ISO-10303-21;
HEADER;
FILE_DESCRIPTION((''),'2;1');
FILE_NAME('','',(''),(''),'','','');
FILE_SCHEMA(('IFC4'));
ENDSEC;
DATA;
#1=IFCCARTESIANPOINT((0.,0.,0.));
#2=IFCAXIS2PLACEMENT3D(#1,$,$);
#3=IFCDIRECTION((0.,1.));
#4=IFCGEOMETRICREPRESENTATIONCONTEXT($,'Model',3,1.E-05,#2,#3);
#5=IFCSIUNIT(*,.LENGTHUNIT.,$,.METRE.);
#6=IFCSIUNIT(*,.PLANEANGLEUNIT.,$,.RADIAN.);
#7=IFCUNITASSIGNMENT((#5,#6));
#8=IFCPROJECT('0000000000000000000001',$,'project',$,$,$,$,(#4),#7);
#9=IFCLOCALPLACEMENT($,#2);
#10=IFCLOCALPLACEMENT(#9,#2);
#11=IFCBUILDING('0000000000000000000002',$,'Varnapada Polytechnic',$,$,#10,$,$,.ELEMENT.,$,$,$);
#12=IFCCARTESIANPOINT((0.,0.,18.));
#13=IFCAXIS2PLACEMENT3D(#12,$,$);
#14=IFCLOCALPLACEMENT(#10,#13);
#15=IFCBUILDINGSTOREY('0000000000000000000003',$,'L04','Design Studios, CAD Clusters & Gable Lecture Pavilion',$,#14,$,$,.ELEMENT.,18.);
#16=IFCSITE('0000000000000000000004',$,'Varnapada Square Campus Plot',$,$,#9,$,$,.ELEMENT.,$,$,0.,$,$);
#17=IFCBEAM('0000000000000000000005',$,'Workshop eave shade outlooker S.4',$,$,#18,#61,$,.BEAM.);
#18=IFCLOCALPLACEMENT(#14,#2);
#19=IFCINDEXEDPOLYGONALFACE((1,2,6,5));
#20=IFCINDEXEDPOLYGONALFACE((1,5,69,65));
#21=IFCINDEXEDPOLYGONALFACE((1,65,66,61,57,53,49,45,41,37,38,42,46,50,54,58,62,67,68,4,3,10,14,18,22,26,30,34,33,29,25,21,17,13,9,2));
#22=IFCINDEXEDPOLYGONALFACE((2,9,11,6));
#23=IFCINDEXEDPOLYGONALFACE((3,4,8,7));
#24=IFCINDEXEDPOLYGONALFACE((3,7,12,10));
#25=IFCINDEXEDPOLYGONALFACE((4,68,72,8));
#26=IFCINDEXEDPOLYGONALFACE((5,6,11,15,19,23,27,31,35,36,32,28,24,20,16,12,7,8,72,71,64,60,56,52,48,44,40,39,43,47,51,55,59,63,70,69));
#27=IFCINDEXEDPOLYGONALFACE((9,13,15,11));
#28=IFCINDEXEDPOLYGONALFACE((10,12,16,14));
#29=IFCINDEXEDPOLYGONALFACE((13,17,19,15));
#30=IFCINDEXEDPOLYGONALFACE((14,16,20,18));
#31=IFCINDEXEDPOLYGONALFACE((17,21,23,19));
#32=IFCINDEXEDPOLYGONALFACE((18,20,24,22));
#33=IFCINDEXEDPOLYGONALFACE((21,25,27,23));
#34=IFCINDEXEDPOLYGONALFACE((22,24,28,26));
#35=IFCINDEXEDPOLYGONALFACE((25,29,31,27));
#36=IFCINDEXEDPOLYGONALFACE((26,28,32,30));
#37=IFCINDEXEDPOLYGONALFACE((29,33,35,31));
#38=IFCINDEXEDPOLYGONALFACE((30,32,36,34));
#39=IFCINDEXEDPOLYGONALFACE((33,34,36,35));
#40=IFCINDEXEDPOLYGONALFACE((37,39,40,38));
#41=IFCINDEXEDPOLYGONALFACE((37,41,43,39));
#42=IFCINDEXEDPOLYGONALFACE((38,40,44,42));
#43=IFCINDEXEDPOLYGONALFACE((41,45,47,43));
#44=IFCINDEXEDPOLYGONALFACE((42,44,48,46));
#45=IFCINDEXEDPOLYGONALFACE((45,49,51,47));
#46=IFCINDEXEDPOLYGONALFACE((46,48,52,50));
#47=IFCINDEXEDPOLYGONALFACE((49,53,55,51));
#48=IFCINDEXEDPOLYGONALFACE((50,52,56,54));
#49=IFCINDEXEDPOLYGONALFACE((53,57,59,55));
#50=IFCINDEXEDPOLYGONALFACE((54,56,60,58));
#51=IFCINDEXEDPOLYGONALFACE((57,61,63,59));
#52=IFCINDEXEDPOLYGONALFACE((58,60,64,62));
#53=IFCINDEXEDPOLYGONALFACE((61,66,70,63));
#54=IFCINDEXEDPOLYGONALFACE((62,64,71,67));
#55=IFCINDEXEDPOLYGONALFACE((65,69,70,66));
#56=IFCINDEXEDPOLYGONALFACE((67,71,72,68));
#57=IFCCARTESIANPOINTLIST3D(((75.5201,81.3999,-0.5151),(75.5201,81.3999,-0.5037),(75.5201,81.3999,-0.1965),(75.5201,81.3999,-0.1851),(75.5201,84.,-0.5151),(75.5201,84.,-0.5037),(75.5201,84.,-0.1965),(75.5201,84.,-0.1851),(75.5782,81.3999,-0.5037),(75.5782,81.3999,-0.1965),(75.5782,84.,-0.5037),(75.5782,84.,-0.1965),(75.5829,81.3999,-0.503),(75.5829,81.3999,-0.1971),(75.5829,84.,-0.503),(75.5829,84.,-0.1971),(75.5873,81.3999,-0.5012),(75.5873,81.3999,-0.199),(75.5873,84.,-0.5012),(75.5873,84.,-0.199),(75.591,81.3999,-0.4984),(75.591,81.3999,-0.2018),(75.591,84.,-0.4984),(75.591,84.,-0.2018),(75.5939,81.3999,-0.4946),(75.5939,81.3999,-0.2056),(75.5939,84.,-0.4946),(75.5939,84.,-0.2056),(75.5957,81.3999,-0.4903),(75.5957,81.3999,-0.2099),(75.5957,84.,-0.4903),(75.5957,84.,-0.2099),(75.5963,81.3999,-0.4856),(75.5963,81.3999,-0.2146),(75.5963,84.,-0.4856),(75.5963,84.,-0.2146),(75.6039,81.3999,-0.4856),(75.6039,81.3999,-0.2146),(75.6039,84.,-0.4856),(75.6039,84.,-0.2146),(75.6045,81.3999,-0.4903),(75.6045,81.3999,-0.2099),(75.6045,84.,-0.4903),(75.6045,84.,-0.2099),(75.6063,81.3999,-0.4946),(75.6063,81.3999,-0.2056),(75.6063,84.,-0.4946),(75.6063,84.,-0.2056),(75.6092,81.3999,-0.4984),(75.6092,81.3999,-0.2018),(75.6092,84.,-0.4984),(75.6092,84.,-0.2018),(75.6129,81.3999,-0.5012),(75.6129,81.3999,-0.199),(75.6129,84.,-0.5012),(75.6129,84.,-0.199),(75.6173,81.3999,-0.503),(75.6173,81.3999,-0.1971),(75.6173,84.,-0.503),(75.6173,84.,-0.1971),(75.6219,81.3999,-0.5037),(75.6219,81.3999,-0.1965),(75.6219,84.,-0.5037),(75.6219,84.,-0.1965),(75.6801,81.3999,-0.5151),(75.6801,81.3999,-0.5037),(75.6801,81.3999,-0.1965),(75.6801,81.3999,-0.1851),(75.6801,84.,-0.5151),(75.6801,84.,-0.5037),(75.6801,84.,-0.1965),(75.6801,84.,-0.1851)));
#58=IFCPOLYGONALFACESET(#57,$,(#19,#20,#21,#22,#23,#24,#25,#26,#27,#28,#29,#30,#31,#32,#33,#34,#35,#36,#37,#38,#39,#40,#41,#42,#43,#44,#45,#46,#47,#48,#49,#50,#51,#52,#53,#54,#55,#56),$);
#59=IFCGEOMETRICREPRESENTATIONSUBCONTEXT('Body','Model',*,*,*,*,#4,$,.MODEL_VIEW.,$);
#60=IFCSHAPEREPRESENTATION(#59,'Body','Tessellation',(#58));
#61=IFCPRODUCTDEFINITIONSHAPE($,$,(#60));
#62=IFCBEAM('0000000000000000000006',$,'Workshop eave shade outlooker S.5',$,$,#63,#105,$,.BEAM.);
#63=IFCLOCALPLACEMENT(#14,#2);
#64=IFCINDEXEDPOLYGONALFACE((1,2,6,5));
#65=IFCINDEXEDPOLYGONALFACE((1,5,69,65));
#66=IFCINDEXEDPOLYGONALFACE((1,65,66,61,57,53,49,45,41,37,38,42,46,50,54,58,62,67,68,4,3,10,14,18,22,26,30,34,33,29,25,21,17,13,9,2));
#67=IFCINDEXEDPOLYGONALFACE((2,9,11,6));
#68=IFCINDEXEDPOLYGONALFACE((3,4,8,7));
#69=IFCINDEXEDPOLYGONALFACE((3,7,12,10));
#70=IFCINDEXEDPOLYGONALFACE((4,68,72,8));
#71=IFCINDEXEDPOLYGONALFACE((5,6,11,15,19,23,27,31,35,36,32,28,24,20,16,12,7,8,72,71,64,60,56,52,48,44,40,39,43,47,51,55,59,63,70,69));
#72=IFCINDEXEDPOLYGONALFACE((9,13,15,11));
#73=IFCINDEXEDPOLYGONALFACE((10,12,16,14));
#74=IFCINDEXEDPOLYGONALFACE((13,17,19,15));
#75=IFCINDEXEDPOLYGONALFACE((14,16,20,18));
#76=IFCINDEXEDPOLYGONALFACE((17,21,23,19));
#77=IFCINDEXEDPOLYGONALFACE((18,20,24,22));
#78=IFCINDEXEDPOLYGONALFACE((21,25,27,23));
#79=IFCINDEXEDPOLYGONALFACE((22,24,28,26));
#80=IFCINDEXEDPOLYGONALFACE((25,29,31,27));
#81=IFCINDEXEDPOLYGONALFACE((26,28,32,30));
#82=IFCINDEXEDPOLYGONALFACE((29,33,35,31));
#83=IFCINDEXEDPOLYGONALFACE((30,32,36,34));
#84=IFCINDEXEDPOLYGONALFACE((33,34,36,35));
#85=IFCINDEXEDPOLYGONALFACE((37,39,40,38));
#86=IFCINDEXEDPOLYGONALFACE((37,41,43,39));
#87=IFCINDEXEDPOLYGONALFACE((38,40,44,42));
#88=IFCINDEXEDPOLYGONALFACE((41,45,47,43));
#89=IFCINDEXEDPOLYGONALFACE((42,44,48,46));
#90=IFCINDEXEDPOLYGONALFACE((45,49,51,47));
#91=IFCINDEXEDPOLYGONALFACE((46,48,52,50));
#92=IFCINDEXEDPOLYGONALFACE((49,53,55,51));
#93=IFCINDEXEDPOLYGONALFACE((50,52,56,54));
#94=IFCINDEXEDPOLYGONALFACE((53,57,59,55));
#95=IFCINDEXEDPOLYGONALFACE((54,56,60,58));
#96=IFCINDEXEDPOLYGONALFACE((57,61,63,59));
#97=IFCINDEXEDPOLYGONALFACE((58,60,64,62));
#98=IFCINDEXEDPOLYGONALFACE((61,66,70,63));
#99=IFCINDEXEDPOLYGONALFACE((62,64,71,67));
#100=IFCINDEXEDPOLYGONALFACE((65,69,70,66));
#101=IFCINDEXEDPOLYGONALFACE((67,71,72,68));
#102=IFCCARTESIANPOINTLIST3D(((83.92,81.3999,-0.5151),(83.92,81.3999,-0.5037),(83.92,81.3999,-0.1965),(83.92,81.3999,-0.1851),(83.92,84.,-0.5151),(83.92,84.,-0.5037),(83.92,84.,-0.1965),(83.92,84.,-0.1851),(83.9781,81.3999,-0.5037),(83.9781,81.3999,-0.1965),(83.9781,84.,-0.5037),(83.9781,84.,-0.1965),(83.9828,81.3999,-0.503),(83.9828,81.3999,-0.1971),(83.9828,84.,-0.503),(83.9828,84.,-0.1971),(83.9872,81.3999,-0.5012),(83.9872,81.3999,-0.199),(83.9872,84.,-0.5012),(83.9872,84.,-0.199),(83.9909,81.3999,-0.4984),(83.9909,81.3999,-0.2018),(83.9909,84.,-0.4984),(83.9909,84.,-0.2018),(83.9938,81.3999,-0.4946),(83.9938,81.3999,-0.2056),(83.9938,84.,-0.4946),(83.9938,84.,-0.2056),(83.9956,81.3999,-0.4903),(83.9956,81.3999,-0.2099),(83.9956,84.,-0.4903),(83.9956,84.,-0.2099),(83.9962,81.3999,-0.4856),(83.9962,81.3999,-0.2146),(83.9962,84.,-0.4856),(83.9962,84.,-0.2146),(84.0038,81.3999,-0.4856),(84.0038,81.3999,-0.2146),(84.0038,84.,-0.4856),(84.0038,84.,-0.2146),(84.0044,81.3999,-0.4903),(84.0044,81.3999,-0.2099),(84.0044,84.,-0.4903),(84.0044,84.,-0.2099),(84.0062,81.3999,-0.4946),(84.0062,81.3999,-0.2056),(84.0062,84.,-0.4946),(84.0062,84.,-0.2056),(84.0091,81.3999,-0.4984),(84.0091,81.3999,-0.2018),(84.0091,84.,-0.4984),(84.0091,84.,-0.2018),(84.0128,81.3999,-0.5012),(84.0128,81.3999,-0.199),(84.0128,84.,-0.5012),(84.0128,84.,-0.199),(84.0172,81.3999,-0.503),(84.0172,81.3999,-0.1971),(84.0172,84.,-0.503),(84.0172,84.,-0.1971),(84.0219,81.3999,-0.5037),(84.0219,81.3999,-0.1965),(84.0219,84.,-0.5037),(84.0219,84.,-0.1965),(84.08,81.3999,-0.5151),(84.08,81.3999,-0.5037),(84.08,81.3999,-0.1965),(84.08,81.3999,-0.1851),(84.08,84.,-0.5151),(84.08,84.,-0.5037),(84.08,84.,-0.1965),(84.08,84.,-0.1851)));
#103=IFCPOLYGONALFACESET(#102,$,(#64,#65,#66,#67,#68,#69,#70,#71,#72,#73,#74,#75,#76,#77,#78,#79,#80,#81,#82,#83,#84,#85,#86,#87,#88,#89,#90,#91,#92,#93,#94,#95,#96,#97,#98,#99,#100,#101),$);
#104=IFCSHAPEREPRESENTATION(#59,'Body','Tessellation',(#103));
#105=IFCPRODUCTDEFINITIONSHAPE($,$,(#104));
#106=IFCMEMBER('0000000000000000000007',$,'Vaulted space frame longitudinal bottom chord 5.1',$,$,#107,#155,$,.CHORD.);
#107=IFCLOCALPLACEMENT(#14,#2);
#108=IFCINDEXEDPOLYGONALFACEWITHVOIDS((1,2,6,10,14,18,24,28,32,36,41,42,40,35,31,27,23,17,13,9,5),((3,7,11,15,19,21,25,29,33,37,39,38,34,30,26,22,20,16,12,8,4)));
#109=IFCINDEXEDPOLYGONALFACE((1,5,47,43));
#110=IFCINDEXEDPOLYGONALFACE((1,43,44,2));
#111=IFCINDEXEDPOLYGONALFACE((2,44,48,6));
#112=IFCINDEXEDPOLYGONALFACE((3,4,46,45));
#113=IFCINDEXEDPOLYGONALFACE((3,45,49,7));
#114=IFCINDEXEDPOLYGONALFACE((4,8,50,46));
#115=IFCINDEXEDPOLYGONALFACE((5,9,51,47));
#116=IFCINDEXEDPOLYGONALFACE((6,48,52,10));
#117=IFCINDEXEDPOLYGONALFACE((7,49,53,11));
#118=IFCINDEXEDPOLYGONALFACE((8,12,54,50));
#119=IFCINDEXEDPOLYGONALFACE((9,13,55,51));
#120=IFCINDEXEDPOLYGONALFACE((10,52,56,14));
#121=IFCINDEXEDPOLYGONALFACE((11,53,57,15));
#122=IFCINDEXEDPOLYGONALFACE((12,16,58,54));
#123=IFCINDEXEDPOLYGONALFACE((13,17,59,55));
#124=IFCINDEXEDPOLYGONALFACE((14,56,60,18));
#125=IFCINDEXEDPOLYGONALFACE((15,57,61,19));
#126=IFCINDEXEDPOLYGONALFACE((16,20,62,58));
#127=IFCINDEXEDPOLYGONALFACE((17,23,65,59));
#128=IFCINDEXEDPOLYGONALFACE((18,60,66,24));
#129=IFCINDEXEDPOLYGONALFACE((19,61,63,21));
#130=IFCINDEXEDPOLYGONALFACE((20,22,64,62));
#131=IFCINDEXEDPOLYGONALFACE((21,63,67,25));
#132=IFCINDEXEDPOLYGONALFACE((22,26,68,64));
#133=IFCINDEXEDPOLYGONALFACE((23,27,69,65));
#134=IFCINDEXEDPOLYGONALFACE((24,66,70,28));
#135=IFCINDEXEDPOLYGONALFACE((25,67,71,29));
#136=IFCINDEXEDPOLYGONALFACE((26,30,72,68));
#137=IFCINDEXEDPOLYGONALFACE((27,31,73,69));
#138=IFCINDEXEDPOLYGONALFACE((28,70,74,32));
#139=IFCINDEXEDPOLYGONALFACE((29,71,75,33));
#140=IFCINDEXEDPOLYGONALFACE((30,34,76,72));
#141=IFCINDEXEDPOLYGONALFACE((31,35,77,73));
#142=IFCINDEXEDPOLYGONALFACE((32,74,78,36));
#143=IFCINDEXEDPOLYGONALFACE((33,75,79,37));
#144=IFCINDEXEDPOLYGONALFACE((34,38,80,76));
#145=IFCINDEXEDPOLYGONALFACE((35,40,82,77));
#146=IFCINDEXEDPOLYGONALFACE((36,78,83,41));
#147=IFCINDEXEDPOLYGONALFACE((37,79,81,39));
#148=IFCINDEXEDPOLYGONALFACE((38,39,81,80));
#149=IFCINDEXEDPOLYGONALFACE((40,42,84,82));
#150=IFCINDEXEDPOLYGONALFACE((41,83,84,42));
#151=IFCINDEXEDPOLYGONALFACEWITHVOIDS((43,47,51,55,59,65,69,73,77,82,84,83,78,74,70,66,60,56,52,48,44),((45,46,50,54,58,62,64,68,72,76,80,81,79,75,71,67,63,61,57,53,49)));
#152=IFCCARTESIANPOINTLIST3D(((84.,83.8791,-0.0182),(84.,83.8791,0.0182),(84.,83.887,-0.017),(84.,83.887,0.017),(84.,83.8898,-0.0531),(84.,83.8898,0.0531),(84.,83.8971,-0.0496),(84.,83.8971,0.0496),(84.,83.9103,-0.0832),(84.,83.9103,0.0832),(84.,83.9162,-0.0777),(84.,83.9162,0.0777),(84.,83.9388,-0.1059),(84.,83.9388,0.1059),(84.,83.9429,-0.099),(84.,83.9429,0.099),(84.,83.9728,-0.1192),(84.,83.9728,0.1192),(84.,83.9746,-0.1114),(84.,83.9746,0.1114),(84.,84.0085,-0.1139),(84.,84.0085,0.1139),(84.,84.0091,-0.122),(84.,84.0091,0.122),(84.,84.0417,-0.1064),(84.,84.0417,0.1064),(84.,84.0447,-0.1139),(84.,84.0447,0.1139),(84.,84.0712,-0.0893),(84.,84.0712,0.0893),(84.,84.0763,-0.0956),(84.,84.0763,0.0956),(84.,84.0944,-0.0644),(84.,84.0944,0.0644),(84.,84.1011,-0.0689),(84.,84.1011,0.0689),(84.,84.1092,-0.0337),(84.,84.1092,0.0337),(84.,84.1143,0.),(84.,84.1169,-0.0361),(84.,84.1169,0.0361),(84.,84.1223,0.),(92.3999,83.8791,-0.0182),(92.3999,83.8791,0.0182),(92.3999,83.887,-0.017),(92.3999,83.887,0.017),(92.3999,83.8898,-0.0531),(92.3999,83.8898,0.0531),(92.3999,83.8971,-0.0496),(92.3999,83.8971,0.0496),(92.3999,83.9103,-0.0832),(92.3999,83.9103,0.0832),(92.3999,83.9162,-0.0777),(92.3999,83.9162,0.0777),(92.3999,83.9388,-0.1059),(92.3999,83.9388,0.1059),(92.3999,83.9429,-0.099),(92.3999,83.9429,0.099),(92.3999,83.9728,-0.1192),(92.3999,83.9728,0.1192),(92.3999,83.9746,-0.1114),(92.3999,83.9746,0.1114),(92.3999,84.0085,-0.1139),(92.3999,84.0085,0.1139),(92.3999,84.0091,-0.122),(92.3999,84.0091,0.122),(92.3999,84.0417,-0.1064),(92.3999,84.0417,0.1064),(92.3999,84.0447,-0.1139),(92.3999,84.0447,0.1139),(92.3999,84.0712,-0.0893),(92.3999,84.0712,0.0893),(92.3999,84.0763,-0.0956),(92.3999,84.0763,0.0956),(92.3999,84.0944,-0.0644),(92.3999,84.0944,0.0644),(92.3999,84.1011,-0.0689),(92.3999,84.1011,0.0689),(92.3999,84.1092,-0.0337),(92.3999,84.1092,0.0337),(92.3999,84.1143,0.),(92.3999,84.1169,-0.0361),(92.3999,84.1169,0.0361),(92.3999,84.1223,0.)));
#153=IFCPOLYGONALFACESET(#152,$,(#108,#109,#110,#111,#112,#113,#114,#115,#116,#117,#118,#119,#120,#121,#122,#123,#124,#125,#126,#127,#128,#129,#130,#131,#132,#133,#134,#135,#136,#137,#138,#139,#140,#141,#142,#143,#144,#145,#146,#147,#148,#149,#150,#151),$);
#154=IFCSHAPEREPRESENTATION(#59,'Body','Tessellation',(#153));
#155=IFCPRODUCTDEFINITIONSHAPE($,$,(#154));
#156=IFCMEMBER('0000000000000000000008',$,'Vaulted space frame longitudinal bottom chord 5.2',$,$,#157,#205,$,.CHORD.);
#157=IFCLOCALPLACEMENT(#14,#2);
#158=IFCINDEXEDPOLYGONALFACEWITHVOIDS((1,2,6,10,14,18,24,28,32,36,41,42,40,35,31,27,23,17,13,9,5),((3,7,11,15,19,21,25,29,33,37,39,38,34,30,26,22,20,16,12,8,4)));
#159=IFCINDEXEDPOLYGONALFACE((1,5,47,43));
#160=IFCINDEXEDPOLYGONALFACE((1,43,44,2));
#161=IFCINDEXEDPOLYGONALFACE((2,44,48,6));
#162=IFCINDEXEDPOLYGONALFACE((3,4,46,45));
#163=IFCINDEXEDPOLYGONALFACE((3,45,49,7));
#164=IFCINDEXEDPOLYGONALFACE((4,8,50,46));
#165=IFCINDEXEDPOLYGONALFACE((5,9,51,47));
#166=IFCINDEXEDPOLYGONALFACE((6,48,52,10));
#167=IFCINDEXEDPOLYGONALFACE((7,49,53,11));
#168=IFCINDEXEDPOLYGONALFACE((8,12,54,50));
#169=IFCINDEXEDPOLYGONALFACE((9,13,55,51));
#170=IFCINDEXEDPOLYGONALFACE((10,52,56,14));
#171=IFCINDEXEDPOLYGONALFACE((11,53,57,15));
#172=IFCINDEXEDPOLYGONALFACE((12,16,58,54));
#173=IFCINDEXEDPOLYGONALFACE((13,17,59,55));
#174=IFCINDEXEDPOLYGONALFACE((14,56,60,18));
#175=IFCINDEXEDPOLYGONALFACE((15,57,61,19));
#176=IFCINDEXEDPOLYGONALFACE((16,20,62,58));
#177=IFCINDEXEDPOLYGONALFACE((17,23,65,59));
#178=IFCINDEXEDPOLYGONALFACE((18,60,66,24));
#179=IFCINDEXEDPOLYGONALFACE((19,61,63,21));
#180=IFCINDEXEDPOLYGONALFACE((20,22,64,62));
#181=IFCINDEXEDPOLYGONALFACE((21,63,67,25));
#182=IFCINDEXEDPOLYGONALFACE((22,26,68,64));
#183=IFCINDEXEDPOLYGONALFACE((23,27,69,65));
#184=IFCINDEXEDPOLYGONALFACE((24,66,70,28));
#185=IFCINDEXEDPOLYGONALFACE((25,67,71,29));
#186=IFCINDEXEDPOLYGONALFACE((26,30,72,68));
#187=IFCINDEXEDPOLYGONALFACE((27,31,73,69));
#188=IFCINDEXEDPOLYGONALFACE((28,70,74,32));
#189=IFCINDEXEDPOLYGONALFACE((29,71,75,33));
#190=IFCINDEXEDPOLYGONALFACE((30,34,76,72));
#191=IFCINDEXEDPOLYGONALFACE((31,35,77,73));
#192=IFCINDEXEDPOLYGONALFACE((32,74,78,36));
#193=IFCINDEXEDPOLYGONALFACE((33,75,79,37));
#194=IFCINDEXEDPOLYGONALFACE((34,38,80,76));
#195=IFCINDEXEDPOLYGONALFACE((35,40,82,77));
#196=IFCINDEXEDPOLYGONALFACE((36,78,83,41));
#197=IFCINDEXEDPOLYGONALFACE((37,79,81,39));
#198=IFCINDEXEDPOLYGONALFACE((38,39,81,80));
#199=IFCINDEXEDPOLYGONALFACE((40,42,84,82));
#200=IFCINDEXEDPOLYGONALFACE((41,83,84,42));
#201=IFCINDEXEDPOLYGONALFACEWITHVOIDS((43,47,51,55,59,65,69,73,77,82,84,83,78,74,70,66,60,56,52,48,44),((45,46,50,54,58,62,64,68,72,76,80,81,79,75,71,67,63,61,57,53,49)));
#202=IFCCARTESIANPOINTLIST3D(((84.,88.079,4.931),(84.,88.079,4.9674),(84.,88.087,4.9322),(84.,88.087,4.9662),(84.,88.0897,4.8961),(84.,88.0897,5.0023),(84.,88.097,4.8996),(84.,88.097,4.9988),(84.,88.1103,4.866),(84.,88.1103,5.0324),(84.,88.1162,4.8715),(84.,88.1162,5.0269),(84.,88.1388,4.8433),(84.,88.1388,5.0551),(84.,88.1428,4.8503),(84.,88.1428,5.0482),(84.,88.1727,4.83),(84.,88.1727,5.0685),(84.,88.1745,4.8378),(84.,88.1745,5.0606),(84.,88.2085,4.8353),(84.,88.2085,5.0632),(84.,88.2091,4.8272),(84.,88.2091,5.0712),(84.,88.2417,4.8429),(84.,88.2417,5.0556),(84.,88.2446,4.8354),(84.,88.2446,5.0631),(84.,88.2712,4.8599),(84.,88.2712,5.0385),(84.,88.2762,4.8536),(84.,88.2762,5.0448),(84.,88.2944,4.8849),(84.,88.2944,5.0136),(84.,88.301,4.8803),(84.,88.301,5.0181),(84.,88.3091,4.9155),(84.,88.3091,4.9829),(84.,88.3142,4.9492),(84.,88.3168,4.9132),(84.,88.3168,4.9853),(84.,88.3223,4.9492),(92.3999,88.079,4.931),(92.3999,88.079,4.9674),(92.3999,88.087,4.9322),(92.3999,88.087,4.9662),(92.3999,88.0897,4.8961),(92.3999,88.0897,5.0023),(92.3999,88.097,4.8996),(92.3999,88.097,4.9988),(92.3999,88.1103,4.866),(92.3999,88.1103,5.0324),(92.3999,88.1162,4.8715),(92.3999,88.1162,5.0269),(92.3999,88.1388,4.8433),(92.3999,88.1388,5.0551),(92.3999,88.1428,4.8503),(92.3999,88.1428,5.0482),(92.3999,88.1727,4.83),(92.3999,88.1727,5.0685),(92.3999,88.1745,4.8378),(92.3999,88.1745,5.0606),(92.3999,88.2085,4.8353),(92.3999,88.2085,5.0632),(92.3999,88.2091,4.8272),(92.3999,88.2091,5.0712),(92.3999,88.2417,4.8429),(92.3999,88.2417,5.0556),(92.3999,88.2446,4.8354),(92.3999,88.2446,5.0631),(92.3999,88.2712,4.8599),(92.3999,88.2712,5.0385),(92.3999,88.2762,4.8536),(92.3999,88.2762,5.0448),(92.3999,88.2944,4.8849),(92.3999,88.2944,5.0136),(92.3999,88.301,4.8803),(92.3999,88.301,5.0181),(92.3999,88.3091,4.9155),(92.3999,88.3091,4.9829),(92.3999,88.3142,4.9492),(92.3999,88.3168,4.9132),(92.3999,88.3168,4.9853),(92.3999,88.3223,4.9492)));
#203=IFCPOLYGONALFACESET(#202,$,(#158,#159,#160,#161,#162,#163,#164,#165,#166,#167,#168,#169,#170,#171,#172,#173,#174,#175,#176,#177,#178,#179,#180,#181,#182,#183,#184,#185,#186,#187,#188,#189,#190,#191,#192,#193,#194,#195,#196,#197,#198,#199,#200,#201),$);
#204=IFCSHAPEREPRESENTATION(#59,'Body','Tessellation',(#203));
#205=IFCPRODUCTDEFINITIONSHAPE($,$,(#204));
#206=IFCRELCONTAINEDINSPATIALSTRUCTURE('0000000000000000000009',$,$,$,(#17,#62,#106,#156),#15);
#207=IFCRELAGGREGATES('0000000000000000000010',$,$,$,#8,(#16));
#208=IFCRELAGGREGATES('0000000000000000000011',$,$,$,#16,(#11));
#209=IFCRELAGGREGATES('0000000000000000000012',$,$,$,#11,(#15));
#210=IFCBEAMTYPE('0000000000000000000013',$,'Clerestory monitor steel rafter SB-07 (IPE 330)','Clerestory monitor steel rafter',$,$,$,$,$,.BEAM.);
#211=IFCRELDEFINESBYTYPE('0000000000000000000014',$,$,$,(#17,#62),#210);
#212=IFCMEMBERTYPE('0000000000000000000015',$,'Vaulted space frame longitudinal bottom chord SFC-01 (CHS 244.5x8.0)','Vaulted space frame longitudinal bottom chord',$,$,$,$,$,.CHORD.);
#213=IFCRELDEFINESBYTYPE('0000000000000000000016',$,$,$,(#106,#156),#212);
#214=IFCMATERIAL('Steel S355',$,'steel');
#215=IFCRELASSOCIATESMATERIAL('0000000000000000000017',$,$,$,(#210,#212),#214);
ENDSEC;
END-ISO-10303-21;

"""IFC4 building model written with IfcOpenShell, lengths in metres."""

from ifc_helpers import new_model, si_unit, direction, frame, origin, origin_2d, place, context, subcontext, project, spatial, hollow_circle, i_section, extrude, material, material_profile, profile_set, type_object, element, save


model = new_model("IFC4")

# Units and contexts
model_context = context("Model", 3, precision=1e-05, world=origin(), true_north=direction((0.0, 1.0)))
body_context = subcontext(model_context, "Body", "Model", "MODEL_VIEW")
ifc_project = project(units=[si_unit("LENGTHUNIT", "METRE"), si_unit("PLANEANGLEUNIT", "RADIAN")], contexts=[model_context])

# Site, building, storey
site_placement = place(None, origin())
site = spatial("IfcSite", under=ifc_project, at=site_placement, Name="Varnapada Square Campus Plot", CompositionType="ELEMENT", RefElevation=0.0)
building_placement = place(site_placement, origin())
building = spatial("IfcBuilding", under=site, at=building_placement, Name="Varnapada Polytechnic", CompositionType="ELEMENT")
storey_placement = place(building_placement, frame((0.0, 0.0, 18.0)))
storey = spatial("IfcBuildingStorey", under=building, at=storey_placement, Name="L04", Description="Design Studios, CAD Clusters & Gable Lecture Pavilion", CompositionType="ELEMENT", Elevation=18.0)

# Beams
ifc_material = material(Name="Steel S355", Category="steel")
ifc_material_profile_1 = material_profile(ifc_material, i_section(OverallWidth=0.1599, OverallDepth=0.3301, WebThickness=0.0076, FlangeThickness=0.0115, FilletRadius=0.0181, at=origin_2d()), Name="IPE 330")
ifc_profile_set_1 = profile_set([ifc_material_profile_1], Name="Steel S355")
beam_type_1 = type_object("IfcBeamType", Name="Clerestory monitor steel rafter SB-07 (IPE 330)", Description="Clerestory monitor steel rafter", PredefinedType="BEAM", material=ifc_profile_set_1)
for number, where, z_axis, x_axis, name in (
    (1, (75.6001, 84.0, -0.3501), (0.0, -1.0, 0.0), (1.0, 0.0, 0.0), "Workshop eave shade outlooker S.4"),
    (2, (84.0, 84.0, -0.3501), (0.0, -1.0, 0.0), (1.0, 0.0, 0.0), "Workshop eave shade outlooker S.5"),
):
    element("IfcBeam", number, at=place(storey_placement, frame(where, z_axis=z_axis, x_axis=x_axis)), inside=storey, type_object=beam_type_1, Name=name, PredefinedType="BEAM", context=body_context, shape_type="SweptSolid", body=[
        extrude(i_section(OverallWidth=0.1599, OverallDepth=0.3301, WebThickness=0.0076, FlangeThickness=0.0115, FilletRadius=0.0181, at=origin_2d()), origin(), (0.0, 0.0, 1.0), 2.6001),
    ])

# Members
ifc_material_profile_2 = material_profile(ifc_material, hollow_circle(Radius=0.1223, WallThickness=0.0081, at=origin_2d()), Name="CHS 244.5x8.0")
ifc_profile_set_2 = profile_set([ifc_material_profile_2], Name="Steel S355")
member_type_1 = type_object("IfcMemberType", Name="Vaulted space frame longitudinal bottom chord SFC-01 (CHS 244.5x8.0)", Description="Vaulted space frame longitudinal bottom chord", PredefinedType="CHORD", material=ifc_profile_set_2)
for number, where, z_axis, x_axis, name in (
    (3, (84.0, 84.0, 0.0), (1.0, 0.0, 0.0), (0.0, 1.0, 0.0), "Vaulted space frame longitudinal bottom chord 5.1"),
    (4, (84.0, 88.2, 4.9492), (1.0, 0.0, 0.0), (0.0, 1.0, 0.0), "Vaulted space frame longitudinal bottom chord 5.2"),
):
    element("IfcMember", number, at=place(storey_placement, frame(where, z_axis=z_axis, x_axis=x_axis)), inside=storey, type_object=member_type_1, Name=name, PredefinedType="CHORD", context=body_context, shape_type="SweptSolid", body=[
        extrude(hollow_circle(Radius=0.1223, WallThickness=0.0081, at=origin_2d()), origin(), (0.0, 0.0, 1.0), 8.3999),
    ])

save(model, "model.ifc")
